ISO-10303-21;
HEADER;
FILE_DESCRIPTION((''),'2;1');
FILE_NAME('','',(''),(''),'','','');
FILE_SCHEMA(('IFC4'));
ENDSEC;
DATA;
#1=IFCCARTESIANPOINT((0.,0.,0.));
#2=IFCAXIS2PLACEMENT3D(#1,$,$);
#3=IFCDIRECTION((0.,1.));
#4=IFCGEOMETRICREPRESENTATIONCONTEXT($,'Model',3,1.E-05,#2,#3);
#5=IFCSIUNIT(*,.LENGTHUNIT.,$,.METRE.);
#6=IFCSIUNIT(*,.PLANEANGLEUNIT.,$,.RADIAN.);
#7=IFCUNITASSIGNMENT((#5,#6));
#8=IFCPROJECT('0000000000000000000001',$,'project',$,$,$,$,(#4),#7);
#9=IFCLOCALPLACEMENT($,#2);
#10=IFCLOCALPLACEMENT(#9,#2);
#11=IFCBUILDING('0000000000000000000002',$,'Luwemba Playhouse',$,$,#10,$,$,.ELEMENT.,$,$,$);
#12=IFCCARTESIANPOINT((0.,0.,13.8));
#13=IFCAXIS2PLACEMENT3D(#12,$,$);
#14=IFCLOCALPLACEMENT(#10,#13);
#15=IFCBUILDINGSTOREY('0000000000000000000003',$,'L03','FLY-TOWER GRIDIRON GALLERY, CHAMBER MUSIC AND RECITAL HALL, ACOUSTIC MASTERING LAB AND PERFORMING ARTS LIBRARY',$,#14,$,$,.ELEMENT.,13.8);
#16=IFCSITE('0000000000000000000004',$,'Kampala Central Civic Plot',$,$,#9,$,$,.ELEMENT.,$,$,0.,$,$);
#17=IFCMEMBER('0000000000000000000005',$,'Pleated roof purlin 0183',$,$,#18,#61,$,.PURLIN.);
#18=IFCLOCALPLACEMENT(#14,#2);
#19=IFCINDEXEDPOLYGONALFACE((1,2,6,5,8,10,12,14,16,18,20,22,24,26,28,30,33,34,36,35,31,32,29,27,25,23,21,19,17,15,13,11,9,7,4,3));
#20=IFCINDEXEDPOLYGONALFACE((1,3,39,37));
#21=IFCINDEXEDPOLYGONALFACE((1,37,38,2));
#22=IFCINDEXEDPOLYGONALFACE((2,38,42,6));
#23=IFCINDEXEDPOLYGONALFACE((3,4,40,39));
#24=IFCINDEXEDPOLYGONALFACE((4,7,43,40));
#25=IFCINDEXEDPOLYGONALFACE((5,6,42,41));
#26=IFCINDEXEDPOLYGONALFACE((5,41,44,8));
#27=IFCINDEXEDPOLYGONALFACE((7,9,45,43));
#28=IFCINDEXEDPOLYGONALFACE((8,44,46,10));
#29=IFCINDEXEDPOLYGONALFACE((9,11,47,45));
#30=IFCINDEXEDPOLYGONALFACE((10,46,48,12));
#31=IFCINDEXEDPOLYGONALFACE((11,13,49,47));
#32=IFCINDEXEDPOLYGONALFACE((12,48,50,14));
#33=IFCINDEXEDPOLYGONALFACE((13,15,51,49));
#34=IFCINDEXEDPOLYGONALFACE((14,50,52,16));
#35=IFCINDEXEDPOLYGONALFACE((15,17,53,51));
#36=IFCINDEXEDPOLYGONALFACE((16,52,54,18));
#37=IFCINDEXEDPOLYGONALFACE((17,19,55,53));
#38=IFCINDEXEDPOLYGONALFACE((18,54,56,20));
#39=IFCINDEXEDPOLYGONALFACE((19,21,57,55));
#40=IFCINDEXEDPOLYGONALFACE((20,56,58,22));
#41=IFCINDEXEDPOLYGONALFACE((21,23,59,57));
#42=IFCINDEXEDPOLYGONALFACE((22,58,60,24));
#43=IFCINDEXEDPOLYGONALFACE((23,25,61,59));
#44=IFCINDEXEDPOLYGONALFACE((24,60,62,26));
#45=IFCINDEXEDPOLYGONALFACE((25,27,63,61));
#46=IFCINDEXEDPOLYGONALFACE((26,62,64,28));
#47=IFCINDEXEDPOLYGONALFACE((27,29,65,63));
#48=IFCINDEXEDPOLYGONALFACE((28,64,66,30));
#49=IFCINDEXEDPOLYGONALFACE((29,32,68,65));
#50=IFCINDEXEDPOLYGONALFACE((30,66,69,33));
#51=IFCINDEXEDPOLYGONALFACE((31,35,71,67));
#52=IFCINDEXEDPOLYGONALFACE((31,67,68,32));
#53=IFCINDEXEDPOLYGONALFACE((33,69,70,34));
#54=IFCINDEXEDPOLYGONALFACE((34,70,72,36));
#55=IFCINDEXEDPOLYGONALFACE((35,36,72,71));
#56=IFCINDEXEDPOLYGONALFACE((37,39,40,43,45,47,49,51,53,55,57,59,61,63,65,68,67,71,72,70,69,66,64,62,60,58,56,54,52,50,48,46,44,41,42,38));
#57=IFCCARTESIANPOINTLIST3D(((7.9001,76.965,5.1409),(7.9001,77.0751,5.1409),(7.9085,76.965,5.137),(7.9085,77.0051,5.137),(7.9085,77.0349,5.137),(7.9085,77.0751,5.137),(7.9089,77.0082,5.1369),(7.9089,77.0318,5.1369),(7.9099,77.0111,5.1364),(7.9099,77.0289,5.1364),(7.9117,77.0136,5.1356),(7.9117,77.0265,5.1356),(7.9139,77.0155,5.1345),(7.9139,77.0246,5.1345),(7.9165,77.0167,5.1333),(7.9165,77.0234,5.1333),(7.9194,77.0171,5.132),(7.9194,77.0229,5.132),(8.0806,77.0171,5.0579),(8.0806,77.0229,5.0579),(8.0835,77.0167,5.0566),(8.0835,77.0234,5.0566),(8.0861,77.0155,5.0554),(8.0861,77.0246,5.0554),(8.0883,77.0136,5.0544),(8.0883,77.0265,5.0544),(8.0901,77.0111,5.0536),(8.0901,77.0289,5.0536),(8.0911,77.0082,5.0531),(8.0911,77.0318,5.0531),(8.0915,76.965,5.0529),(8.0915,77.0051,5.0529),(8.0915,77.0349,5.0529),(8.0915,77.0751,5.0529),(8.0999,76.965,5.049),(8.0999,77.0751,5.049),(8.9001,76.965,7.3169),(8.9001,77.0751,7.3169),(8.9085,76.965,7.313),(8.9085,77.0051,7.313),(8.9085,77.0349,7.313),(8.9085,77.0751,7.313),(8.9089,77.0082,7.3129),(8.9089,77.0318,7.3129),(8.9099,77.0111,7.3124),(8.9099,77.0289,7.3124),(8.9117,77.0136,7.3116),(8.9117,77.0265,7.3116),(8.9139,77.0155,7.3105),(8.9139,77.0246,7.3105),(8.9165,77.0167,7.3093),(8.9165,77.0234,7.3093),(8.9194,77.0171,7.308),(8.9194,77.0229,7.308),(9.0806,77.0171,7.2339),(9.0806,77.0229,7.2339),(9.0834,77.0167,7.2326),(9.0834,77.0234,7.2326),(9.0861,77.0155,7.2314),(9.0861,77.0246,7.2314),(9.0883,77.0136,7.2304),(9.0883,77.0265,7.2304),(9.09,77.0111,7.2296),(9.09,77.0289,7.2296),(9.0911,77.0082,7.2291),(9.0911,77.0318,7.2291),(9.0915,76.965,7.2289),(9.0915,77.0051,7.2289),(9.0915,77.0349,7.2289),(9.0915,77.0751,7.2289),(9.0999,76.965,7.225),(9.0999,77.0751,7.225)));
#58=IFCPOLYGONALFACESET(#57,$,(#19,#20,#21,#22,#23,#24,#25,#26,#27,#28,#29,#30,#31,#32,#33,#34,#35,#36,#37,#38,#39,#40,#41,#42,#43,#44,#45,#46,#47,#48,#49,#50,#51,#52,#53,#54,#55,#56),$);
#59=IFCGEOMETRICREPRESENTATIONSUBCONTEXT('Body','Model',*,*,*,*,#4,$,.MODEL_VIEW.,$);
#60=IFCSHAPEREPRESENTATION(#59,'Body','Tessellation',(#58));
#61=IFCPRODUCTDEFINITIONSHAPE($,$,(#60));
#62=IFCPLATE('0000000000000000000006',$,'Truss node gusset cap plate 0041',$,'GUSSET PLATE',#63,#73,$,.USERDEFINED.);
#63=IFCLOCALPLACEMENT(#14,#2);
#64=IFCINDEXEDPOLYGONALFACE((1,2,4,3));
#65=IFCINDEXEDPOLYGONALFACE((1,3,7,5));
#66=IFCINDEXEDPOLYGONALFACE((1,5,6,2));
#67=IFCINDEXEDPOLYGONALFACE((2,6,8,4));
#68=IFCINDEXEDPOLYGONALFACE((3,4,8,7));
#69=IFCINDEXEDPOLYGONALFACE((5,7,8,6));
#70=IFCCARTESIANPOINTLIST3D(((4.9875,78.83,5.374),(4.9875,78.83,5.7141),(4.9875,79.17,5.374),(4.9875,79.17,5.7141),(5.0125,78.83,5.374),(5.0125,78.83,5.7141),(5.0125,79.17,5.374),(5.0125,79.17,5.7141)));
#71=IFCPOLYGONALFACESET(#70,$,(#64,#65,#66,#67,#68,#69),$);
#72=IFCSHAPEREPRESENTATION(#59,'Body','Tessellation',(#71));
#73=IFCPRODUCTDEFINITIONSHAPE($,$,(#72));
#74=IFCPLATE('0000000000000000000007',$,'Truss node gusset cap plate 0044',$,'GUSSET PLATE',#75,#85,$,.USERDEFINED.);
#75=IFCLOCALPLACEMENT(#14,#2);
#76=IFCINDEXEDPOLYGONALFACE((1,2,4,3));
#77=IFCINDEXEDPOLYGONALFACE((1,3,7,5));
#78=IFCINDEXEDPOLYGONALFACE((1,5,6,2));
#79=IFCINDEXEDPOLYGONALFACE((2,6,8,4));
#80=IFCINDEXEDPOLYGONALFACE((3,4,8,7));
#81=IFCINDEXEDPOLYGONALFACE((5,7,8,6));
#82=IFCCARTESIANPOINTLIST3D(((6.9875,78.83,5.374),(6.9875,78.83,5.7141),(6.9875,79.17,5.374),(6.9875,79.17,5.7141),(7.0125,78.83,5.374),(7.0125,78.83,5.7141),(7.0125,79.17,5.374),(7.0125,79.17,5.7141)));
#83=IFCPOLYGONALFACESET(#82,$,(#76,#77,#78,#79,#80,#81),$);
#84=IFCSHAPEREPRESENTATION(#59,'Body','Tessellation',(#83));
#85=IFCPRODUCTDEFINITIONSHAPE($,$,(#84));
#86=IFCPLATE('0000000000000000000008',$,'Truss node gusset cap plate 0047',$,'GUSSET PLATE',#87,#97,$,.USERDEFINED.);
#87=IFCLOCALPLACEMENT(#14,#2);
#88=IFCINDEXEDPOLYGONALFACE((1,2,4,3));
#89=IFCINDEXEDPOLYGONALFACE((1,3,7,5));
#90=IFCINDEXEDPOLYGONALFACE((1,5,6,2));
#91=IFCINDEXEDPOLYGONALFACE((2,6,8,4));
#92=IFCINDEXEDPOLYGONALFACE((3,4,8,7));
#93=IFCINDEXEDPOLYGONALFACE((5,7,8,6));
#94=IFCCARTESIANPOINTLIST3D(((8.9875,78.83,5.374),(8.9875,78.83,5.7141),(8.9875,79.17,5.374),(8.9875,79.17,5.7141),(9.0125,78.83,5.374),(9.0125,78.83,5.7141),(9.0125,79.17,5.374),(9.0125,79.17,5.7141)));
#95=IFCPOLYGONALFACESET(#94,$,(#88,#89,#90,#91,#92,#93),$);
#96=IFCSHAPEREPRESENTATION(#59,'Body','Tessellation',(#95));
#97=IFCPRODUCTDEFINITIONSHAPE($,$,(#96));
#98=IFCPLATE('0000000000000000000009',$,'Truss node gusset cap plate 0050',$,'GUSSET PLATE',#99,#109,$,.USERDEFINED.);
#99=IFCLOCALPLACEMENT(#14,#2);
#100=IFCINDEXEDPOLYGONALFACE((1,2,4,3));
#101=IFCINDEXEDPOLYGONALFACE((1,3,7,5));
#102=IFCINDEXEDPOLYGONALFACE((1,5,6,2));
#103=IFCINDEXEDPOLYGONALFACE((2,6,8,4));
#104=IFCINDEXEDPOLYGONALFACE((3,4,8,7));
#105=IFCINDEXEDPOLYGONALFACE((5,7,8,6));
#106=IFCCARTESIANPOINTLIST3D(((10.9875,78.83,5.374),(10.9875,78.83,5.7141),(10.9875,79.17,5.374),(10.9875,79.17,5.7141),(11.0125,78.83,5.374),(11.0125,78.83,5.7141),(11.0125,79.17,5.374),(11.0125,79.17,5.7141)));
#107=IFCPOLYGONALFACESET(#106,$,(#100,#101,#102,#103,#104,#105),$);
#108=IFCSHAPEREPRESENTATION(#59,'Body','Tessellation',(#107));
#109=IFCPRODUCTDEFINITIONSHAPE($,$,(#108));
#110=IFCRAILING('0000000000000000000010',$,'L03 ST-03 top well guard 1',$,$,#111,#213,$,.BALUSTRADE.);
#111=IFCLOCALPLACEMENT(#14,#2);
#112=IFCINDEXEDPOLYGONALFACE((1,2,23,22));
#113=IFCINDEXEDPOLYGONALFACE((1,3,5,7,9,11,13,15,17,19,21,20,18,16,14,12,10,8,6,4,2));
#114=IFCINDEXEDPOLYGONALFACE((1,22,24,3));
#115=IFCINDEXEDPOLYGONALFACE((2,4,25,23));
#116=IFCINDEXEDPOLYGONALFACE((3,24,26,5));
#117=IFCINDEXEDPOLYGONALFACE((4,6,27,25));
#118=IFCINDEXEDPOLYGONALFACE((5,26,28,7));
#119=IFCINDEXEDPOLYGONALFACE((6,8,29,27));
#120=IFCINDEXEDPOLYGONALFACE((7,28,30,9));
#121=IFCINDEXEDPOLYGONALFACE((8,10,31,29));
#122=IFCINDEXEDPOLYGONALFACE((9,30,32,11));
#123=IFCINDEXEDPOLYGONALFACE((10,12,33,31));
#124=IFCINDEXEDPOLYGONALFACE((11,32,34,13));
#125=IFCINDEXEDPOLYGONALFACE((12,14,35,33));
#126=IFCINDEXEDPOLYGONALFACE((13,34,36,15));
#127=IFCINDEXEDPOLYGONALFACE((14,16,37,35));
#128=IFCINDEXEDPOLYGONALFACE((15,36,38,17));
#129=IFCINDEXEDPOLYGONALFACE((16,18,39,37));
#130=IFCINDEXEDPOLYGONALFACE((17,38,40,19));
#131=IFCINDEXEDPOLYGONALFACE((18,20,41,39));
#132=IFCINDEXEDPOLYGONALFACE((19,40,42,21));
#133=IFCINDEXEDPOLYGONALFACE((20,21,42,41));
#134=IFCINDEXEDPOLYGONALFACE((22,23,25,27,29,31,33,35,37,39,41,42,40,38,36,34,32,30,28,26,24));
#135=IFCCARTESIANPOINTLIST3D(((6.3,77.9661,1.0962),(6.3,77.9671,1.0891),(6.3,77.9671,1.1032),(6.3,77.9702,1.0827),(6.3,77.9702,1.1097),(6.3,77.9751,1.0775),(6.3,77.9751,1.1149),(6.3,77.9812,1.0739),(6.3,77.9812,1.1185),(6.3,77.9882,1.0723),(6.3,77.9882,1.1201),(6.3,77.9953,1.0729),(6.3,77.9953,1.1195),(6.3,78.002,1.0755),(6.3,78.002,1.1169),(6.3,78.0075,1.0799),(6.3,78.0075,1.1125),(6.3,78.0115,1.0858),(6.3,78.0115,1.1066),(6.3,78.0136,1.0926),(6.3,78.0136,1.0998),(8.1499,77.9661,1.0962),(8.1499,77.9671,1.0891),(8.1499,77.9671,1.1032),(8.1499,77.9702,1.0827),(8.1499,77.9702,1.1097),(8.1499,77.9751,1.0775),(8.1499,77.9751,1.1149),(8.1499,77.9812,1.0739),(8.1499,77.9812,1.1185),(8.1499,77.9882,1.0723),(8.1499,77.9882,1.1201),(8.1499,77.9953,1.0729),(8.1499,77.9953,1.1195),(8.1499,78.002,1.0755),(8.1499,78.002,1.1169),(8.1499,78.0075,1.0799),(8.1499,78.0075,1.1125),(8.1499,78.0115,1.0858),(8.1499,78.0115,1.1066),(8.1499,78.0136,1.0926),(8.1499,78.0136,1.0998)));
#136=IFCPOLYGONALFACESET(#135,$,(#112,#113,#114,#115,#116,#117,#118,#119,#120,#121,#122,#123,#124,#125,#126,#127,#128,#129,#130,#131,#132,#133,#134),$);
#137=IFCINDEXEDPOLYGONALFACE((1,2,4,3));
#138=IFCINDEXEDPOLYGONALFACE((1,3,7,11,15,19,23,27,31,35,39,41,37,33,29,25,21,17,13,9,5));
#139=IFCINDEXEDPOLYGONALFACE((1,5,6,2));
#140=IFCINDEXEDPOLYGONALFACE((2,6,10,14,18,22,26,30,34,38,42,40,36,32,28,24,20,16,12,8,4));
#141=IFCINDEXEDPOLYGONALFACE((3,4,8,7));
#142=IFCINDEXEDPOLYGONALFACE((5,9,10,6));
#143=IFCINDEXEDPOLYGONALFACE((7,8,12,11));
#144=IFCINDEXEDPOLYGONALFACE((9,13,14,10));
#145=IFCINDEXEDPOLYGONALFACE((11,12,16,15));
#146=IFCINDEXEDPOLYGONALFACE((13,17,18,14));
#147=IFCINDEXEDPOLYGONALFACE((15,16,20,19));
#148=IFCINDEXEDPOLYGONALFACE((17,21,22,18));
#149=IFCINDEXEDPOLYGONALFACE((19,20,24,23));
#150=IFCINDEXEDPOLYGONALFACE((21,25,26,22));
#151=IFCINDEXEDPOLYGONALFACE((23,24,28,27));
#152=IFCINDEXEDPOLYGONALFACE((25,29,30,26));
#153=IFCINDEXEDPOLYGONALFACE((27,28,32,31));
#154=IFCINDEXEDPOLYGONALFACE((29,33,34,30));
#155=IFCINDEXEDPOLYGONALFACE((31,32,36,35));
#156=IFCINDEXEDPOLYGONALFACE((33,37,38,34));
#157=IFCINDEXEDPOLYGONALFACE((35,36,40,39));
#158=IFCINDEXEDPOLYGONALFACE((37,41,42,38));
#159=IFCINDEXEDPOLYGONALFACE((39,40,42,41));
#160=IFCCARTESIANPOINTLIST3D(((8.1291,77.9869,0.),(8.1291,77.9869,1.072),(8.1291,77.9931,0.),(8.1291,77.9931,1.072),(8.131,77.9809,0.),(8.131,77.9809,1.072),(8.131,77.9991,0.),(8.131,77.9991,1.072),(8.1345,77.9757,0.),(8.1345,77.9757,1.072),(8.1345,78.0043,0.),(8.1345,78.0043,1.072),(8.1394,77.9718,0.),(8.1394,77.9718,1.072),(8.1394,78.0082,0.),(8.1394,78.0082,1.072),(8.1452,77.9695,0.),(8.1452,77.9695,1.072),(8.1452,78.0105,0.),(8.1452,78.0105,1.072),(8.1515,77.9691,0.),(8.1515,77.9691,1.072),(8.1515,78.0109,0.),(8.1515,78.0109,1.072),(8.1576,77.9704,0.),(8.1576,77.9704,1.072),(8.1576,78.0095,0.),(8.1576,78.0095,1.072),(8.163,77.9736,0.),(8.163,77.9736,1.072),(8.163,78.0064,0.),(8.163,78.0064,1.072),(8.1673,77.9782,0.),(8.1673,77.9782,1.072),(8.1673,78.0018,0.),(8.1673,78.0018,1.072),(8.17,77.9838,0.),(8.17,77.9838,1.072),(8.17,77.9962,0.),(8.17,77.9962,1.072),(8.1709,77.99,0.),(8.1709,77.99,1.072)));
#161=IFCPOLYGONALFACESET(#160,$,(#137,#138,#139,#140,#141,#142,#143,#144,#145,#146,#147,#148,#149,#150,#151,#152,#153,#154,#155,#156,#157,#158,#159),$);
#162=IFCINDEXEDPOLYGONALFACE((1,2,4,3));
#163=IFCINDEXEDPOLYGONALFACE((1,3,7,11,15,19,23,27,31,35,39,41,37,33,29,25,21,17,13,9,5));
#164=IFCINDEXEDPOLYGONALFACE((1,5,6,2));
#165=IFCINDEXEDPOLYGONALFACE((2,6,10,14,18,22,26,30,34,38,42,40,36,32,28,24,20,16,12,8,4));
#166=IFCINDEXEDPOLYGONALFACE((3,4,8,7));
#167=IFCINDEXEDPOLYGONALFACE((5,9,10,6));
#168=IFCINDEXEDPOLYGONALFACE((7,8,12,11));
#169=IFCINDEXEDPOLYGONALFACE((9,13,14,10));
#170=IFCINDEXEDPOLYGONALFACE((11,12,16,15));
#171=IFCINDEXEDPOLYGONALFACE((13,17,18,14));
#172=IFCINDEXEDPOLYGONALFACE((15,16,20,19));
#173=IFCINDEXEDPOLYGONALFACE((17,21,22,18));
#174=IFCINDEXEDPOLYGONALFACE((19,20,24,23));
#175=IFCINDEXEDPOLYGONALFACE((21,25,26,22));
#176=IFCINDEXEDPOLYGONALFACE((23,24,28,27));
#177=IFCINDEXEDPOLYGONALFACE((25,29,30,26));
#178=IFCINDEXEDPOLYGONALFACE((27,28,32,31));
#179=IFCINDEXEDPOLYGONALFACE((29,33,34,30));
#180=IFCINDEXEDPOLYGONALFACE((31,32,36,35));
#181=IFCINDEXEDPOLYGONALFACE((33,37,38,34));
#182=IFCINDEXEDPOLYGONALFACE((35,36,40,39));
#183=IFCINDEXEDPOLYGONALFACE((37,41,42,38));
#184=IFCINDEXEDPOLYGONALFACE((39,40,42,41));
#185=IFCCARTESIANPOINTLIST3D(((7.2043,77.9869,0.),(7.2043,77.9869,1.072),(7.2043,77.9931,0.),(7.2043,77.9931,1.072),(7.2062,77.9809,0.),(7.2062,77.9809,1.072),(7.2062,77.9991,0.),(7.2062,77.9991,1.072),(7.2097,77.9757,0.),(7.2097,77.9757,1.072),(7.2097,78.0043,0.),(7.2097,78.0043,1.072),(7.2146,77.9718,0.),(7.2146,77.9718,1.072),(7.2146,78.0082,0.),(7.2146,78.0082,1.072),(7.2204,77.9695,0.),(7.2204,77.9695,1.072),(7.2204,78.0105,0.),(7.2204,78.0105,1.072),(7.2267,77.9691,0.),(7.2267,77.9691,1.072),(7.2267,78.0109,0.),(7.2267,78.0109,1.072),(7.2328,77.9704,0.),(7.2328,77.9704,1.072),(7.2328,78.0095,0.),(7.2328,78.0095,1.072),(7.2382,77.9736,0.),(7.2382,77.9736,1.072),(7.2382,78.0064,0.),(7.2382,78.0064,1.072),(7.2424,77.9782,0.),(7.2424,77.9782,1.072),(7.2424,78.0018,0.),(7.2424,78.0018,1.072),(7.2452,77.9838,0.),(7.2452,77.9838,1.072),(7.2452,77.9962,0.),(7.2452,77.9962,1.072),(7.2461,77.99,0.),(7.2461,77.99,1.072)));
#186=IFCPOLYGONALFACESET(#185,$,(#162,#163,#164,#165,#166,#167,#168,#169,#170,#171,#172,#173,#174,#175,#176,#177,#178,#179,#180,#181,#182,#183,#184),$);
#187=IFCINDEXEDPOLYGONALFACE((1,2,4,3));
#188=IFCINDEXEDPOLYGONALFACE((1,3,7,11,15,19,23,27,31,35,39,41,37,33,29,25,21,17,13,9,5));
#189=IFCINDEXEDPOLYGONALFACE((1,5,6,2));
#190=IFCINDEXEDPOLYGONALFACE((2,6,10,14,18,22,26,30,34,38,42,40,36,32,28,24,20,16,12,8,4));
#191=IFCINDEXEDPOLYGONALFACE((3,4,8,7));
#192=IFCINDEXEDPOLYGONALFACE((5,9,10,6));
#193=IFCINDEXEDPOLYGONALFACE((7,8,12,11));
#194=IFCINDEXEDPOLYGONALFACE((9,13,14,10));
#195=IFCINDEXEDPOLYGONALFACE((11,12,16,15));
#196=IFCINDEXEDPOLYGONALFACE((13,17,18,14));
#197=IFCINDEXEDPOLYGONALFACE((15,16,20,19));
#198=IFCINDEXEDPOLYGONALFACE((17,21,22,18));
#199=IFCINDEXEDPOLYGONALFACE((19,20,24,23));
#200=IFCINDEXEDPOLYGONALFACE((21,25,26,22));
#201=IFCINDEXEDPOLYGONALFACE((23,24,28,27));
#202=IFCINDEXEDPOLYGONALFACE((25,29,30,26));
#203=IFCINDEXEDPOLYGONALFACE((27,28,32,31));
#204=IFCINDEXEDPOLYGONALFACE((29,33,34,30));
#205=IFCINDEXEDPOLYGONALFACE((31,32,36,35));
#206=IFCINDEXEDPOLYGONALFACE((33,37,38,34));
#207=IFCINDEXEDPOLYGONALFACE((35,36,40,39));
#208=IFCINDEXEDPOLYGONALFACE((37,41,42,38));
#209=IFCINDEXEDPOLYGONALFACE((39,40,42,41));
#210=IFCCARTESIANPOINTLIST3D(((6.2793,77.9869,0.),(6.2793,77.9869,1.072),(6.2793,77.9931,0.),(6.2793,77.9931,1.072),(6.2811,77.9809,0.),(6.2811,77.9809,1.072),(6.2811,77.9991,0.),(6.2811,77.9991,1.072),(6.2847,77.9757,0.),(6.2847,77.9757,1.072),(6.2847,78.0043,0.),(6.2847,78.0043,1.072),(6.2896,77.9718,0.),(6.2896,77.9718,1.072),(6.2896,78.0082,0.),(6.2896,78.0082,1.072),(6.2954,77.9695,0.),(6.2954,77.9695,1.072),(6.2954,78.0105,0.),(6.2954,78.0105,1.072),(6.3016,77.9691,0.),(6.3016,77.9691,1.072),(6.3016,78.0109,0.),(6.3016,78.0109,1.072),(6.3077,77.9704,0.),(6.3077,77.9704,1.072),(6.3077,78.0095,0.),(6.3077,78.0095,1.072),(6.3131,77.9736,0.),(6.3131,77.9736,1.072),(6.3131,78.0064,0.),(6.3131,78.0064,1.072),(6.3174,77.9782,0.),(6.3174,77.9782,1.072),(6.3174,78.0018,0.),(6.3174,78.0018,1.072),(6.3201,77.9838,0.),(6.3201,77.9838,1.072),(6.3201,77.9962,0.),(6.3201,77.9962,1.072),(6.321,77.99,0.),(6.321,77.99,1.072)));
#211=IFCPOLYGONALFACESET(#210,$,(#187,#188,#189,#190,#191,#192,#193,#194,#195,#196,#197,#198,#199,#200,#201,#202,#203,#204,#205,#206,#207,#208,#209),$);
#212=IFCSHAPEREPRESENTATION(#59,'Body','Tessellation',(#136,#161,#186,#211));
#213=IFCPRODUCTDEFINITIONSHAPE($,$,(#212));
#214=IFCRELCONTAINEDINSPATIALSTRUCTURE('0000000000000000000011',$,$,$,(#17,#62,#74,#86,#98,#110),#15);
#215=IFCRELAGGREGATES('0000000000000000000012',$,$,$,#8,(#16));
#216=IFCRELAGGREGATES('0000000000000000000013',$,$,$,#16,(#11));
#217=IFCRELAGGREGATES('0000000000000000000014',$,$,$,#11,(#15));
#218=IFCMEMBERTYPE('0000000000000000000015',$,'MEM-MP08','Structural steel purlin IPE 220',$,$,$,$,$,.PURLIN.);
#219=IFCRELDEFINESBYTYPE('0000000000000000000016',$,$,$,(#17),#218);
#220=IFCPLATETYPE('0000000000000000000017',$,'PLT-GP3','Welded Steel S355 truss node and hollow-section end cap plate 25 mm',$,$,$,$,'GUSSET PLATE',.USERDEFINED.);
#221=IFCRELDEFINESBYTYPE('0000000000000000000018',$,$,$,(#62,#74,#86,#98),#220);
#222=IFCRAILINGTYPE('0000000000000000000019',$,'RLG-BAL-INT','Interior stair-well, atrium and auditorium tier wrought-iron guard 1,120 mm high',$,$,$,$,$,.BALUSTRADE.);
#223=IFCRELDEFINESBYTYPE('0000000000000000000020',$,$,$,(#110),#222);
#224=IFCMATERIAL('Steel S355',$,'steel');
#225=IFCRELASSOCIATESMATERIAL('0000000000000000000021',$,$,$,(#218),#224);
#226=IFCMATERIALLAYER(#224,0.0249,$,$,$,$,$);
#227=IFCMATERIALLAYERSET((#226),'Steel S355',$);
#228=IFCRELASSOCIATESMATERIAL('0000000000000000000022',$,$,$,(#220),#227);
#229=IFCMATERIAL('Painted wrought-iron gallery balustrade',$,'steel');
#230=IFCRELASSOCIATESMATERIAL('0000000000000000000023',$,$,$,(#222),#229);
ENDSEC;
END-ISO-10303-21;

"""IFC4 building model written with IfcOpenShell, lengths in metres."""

from ifc_helpers import new_model, si_unit, direction, frame, origin, origin_2d, place, context, subcontext, project, spatial, rectangle, circle, i_section, extrude, material, layer, layer_set, material_profile, profile_set, type_object, element, save


model = new_model("IFC4")

# Units and contexts
model_context = context("Model", 3, precision=1e-05, world=origin(), true_north=direction((0.0, 1.0)))
body_context = subcontext(model_context, "Body", "Model", "MODEL_VIEW")
ifc_project = project(units=[si_unit("LENGTHUNIT", "METRE"), si_unit("PLANEANGLEUNIT", "RADIAN")], contexts=[model_context])

# Site, building, storey
site_placement = place(None, origin())
site = spatial("IfcSite", under=ifc_project, at=site_placement, Name="Kampala Central Civic Plot", CompositionType="ELEMENT", RefElevation=0.0)
building_placement = place(site_placement, origin())
building = spatial("IfcBuilding", under=site, at=building_placement, Name="Luwemba Playhouse", CompositionType="ELEMENT")
storey_placement = place(building_placement, frame((0.0, 0.0, 13.8)))
storey = spatial("IfcBuildingStorey", under=building, at=storey_placement, Name="L03", Description="FLY-TOWER GRIDIRON GALLERY, CHAMBER MUSIC AND RECITAL HALL, ACOUSTIC MASTERING LAB AND PERFORMING ARTS LIBRARY", CompositionType="ELEMENT", Elevation=13.8)

# Shared definitions
ifc_material_1 = material(Name="Steel S355", Category="steel")

# Member
ifc_material_profile_1 = material_profile(ifc_material_1, i_section(OverallWidth=0.1101, OverallDepth=0.22, WebThickness=0.0059, FlangeThickness=0.0093, FilletRadius=0.012, at=origin_2d()))
ifc_profile_set_1 = profile_set([ifc_material_profile_1], Name="Steel S355")
member_type_1 = type_object("IfcMemberType", Name="MEM-MP08", Description="Structural steel purlin IPE 220", PredefinedType="PURLIN", material=ifc_profile_set_1)
for number, where, z_axis, x_axis, name in (
    (1, (8.0, 77.02, 5.095), (0.417571, 0.0, 0.908644), (0.0, 1.0, 0.0), "Pleated roof purlin 0183"),
):
    element("IfcMember", number, at=place(storey_placement, frame(where, z_axis=z_axis, x_axis=x_axis)), inside=storey, type_object=member_type_1, Name=name, PredefinedType="PURLIN", context=body_context, shape_type="SweptSolid", body=[
        extrude(i_section(OverallWidth=0.1101, OverallDepth=0.22, WebThickness=0.0059, FlangeThickness=0.0093, FilletRadius=0.012, at=origin_2d()), origin(), (0.0, 0.0, 1.0), 2.3948),
    ])

# Plates
ifc_layer_1 = layer(ifc_material_1, 0.0249)
ifc_layer_set_1 = layer_set([ifc_layer_1], Name="Steel S355")
plate_type = type_object("IfcPlateType", Name="PLT-GP3", Description="Welded Steel S355 truss node and hollow-section end cap plate 25 mm", ElementType="GUSSET PLATE", PredefinedType="USERDEFINED", material=ifc_layer_set_1)
for number, where, z_axis, x_axis, name in (
    (2, (5.0, 79.0, 5.374), (0.0, 0.0, 1.0), (1.0, 0.0, 0.0), "Truss node gusset cap plate 0041"),
    (3, (7.0, 79.0, 5.374), (0.0, 0.0, 1.0), (1.0, 0.0, 0.0), "Truss node gusset cap plate 0044"),
    (4, (9.0, 79.0, 5.374), (0.0, 0.0, 1.0), (1.0, 0.0, 0.0), "Truss node gusset cap plate 0047"),
    (5, (11.0, 79.0, 5.374), (0.0, 0.0, 1.0), (1.0, 0.0, 0.0), "Truss node gusset cap plate 0050"),
):
    element("IfcPlate", number, at=place(storey_placement, frame(where, z_axis=z_axis, x_axis=x_axis)), inside=storey, type_object=plate_type, Name=name, ObjectType="GUSSET PLATE", PredefinedType="USERDEFINED", context=body_context, shape_type="SweptSolid", body=[
        extrude(rectangle(XDim=0.0249, YDim=0.3401, at=origin_2d()), origin(), (0.0, 0.0, 1.0), 0.3401),
    ])

# Railing
ifc_material_2 = material(Name="Painted wrought-iron gallery balustrade", Category="steel")
railing_type = type_object("IfcRailingType", Name="RLG-BAL-INT", Description="Interior stair-well, atrium and auditorium tier wrought-iron guard 1,120 mm high", PredefinedType="BALUSTRADE", material=ifc_material_2)
railing_placement = place(storey_placement, frame((8.1499, 77.99, 0.0)))
element("IfcRailing", 6, at=railing_placement, inside=storey, type_object=railing_type, Name="L03 ST-03 top well guard 1", PredefinedType="BALUSTRADE", context=body_context, shape_type="SweptSolid", body=[
    extrude(circle(Radius=0.0239, at=origin_2d()), frame((0.0, 0.0, 1.0962), z_axis=(-1.0, 0.0, 0.0), x_axis=(0.0, -1.0, 0.0)), (0.0, 0.0, 1.0), 1.8499),
    extrude(circle(Radius=0.021, at=origin_2d()), origin(), (0.0, 0.0, 1.0), 1.072),
    extrude(circle(Radius=0.021, at=origin_2d()), frame((-0.9248, 0.0, 0.0)), (0.0, 0.0, 1.0), 1.072),
    extrude(circle(Radius=0.021, at=origin_2d()), frame((-1.8499, 0.0, 0.0)), (0.0, 0.0, 1.0), 1.072),
])

save(model, "model.ifc")
